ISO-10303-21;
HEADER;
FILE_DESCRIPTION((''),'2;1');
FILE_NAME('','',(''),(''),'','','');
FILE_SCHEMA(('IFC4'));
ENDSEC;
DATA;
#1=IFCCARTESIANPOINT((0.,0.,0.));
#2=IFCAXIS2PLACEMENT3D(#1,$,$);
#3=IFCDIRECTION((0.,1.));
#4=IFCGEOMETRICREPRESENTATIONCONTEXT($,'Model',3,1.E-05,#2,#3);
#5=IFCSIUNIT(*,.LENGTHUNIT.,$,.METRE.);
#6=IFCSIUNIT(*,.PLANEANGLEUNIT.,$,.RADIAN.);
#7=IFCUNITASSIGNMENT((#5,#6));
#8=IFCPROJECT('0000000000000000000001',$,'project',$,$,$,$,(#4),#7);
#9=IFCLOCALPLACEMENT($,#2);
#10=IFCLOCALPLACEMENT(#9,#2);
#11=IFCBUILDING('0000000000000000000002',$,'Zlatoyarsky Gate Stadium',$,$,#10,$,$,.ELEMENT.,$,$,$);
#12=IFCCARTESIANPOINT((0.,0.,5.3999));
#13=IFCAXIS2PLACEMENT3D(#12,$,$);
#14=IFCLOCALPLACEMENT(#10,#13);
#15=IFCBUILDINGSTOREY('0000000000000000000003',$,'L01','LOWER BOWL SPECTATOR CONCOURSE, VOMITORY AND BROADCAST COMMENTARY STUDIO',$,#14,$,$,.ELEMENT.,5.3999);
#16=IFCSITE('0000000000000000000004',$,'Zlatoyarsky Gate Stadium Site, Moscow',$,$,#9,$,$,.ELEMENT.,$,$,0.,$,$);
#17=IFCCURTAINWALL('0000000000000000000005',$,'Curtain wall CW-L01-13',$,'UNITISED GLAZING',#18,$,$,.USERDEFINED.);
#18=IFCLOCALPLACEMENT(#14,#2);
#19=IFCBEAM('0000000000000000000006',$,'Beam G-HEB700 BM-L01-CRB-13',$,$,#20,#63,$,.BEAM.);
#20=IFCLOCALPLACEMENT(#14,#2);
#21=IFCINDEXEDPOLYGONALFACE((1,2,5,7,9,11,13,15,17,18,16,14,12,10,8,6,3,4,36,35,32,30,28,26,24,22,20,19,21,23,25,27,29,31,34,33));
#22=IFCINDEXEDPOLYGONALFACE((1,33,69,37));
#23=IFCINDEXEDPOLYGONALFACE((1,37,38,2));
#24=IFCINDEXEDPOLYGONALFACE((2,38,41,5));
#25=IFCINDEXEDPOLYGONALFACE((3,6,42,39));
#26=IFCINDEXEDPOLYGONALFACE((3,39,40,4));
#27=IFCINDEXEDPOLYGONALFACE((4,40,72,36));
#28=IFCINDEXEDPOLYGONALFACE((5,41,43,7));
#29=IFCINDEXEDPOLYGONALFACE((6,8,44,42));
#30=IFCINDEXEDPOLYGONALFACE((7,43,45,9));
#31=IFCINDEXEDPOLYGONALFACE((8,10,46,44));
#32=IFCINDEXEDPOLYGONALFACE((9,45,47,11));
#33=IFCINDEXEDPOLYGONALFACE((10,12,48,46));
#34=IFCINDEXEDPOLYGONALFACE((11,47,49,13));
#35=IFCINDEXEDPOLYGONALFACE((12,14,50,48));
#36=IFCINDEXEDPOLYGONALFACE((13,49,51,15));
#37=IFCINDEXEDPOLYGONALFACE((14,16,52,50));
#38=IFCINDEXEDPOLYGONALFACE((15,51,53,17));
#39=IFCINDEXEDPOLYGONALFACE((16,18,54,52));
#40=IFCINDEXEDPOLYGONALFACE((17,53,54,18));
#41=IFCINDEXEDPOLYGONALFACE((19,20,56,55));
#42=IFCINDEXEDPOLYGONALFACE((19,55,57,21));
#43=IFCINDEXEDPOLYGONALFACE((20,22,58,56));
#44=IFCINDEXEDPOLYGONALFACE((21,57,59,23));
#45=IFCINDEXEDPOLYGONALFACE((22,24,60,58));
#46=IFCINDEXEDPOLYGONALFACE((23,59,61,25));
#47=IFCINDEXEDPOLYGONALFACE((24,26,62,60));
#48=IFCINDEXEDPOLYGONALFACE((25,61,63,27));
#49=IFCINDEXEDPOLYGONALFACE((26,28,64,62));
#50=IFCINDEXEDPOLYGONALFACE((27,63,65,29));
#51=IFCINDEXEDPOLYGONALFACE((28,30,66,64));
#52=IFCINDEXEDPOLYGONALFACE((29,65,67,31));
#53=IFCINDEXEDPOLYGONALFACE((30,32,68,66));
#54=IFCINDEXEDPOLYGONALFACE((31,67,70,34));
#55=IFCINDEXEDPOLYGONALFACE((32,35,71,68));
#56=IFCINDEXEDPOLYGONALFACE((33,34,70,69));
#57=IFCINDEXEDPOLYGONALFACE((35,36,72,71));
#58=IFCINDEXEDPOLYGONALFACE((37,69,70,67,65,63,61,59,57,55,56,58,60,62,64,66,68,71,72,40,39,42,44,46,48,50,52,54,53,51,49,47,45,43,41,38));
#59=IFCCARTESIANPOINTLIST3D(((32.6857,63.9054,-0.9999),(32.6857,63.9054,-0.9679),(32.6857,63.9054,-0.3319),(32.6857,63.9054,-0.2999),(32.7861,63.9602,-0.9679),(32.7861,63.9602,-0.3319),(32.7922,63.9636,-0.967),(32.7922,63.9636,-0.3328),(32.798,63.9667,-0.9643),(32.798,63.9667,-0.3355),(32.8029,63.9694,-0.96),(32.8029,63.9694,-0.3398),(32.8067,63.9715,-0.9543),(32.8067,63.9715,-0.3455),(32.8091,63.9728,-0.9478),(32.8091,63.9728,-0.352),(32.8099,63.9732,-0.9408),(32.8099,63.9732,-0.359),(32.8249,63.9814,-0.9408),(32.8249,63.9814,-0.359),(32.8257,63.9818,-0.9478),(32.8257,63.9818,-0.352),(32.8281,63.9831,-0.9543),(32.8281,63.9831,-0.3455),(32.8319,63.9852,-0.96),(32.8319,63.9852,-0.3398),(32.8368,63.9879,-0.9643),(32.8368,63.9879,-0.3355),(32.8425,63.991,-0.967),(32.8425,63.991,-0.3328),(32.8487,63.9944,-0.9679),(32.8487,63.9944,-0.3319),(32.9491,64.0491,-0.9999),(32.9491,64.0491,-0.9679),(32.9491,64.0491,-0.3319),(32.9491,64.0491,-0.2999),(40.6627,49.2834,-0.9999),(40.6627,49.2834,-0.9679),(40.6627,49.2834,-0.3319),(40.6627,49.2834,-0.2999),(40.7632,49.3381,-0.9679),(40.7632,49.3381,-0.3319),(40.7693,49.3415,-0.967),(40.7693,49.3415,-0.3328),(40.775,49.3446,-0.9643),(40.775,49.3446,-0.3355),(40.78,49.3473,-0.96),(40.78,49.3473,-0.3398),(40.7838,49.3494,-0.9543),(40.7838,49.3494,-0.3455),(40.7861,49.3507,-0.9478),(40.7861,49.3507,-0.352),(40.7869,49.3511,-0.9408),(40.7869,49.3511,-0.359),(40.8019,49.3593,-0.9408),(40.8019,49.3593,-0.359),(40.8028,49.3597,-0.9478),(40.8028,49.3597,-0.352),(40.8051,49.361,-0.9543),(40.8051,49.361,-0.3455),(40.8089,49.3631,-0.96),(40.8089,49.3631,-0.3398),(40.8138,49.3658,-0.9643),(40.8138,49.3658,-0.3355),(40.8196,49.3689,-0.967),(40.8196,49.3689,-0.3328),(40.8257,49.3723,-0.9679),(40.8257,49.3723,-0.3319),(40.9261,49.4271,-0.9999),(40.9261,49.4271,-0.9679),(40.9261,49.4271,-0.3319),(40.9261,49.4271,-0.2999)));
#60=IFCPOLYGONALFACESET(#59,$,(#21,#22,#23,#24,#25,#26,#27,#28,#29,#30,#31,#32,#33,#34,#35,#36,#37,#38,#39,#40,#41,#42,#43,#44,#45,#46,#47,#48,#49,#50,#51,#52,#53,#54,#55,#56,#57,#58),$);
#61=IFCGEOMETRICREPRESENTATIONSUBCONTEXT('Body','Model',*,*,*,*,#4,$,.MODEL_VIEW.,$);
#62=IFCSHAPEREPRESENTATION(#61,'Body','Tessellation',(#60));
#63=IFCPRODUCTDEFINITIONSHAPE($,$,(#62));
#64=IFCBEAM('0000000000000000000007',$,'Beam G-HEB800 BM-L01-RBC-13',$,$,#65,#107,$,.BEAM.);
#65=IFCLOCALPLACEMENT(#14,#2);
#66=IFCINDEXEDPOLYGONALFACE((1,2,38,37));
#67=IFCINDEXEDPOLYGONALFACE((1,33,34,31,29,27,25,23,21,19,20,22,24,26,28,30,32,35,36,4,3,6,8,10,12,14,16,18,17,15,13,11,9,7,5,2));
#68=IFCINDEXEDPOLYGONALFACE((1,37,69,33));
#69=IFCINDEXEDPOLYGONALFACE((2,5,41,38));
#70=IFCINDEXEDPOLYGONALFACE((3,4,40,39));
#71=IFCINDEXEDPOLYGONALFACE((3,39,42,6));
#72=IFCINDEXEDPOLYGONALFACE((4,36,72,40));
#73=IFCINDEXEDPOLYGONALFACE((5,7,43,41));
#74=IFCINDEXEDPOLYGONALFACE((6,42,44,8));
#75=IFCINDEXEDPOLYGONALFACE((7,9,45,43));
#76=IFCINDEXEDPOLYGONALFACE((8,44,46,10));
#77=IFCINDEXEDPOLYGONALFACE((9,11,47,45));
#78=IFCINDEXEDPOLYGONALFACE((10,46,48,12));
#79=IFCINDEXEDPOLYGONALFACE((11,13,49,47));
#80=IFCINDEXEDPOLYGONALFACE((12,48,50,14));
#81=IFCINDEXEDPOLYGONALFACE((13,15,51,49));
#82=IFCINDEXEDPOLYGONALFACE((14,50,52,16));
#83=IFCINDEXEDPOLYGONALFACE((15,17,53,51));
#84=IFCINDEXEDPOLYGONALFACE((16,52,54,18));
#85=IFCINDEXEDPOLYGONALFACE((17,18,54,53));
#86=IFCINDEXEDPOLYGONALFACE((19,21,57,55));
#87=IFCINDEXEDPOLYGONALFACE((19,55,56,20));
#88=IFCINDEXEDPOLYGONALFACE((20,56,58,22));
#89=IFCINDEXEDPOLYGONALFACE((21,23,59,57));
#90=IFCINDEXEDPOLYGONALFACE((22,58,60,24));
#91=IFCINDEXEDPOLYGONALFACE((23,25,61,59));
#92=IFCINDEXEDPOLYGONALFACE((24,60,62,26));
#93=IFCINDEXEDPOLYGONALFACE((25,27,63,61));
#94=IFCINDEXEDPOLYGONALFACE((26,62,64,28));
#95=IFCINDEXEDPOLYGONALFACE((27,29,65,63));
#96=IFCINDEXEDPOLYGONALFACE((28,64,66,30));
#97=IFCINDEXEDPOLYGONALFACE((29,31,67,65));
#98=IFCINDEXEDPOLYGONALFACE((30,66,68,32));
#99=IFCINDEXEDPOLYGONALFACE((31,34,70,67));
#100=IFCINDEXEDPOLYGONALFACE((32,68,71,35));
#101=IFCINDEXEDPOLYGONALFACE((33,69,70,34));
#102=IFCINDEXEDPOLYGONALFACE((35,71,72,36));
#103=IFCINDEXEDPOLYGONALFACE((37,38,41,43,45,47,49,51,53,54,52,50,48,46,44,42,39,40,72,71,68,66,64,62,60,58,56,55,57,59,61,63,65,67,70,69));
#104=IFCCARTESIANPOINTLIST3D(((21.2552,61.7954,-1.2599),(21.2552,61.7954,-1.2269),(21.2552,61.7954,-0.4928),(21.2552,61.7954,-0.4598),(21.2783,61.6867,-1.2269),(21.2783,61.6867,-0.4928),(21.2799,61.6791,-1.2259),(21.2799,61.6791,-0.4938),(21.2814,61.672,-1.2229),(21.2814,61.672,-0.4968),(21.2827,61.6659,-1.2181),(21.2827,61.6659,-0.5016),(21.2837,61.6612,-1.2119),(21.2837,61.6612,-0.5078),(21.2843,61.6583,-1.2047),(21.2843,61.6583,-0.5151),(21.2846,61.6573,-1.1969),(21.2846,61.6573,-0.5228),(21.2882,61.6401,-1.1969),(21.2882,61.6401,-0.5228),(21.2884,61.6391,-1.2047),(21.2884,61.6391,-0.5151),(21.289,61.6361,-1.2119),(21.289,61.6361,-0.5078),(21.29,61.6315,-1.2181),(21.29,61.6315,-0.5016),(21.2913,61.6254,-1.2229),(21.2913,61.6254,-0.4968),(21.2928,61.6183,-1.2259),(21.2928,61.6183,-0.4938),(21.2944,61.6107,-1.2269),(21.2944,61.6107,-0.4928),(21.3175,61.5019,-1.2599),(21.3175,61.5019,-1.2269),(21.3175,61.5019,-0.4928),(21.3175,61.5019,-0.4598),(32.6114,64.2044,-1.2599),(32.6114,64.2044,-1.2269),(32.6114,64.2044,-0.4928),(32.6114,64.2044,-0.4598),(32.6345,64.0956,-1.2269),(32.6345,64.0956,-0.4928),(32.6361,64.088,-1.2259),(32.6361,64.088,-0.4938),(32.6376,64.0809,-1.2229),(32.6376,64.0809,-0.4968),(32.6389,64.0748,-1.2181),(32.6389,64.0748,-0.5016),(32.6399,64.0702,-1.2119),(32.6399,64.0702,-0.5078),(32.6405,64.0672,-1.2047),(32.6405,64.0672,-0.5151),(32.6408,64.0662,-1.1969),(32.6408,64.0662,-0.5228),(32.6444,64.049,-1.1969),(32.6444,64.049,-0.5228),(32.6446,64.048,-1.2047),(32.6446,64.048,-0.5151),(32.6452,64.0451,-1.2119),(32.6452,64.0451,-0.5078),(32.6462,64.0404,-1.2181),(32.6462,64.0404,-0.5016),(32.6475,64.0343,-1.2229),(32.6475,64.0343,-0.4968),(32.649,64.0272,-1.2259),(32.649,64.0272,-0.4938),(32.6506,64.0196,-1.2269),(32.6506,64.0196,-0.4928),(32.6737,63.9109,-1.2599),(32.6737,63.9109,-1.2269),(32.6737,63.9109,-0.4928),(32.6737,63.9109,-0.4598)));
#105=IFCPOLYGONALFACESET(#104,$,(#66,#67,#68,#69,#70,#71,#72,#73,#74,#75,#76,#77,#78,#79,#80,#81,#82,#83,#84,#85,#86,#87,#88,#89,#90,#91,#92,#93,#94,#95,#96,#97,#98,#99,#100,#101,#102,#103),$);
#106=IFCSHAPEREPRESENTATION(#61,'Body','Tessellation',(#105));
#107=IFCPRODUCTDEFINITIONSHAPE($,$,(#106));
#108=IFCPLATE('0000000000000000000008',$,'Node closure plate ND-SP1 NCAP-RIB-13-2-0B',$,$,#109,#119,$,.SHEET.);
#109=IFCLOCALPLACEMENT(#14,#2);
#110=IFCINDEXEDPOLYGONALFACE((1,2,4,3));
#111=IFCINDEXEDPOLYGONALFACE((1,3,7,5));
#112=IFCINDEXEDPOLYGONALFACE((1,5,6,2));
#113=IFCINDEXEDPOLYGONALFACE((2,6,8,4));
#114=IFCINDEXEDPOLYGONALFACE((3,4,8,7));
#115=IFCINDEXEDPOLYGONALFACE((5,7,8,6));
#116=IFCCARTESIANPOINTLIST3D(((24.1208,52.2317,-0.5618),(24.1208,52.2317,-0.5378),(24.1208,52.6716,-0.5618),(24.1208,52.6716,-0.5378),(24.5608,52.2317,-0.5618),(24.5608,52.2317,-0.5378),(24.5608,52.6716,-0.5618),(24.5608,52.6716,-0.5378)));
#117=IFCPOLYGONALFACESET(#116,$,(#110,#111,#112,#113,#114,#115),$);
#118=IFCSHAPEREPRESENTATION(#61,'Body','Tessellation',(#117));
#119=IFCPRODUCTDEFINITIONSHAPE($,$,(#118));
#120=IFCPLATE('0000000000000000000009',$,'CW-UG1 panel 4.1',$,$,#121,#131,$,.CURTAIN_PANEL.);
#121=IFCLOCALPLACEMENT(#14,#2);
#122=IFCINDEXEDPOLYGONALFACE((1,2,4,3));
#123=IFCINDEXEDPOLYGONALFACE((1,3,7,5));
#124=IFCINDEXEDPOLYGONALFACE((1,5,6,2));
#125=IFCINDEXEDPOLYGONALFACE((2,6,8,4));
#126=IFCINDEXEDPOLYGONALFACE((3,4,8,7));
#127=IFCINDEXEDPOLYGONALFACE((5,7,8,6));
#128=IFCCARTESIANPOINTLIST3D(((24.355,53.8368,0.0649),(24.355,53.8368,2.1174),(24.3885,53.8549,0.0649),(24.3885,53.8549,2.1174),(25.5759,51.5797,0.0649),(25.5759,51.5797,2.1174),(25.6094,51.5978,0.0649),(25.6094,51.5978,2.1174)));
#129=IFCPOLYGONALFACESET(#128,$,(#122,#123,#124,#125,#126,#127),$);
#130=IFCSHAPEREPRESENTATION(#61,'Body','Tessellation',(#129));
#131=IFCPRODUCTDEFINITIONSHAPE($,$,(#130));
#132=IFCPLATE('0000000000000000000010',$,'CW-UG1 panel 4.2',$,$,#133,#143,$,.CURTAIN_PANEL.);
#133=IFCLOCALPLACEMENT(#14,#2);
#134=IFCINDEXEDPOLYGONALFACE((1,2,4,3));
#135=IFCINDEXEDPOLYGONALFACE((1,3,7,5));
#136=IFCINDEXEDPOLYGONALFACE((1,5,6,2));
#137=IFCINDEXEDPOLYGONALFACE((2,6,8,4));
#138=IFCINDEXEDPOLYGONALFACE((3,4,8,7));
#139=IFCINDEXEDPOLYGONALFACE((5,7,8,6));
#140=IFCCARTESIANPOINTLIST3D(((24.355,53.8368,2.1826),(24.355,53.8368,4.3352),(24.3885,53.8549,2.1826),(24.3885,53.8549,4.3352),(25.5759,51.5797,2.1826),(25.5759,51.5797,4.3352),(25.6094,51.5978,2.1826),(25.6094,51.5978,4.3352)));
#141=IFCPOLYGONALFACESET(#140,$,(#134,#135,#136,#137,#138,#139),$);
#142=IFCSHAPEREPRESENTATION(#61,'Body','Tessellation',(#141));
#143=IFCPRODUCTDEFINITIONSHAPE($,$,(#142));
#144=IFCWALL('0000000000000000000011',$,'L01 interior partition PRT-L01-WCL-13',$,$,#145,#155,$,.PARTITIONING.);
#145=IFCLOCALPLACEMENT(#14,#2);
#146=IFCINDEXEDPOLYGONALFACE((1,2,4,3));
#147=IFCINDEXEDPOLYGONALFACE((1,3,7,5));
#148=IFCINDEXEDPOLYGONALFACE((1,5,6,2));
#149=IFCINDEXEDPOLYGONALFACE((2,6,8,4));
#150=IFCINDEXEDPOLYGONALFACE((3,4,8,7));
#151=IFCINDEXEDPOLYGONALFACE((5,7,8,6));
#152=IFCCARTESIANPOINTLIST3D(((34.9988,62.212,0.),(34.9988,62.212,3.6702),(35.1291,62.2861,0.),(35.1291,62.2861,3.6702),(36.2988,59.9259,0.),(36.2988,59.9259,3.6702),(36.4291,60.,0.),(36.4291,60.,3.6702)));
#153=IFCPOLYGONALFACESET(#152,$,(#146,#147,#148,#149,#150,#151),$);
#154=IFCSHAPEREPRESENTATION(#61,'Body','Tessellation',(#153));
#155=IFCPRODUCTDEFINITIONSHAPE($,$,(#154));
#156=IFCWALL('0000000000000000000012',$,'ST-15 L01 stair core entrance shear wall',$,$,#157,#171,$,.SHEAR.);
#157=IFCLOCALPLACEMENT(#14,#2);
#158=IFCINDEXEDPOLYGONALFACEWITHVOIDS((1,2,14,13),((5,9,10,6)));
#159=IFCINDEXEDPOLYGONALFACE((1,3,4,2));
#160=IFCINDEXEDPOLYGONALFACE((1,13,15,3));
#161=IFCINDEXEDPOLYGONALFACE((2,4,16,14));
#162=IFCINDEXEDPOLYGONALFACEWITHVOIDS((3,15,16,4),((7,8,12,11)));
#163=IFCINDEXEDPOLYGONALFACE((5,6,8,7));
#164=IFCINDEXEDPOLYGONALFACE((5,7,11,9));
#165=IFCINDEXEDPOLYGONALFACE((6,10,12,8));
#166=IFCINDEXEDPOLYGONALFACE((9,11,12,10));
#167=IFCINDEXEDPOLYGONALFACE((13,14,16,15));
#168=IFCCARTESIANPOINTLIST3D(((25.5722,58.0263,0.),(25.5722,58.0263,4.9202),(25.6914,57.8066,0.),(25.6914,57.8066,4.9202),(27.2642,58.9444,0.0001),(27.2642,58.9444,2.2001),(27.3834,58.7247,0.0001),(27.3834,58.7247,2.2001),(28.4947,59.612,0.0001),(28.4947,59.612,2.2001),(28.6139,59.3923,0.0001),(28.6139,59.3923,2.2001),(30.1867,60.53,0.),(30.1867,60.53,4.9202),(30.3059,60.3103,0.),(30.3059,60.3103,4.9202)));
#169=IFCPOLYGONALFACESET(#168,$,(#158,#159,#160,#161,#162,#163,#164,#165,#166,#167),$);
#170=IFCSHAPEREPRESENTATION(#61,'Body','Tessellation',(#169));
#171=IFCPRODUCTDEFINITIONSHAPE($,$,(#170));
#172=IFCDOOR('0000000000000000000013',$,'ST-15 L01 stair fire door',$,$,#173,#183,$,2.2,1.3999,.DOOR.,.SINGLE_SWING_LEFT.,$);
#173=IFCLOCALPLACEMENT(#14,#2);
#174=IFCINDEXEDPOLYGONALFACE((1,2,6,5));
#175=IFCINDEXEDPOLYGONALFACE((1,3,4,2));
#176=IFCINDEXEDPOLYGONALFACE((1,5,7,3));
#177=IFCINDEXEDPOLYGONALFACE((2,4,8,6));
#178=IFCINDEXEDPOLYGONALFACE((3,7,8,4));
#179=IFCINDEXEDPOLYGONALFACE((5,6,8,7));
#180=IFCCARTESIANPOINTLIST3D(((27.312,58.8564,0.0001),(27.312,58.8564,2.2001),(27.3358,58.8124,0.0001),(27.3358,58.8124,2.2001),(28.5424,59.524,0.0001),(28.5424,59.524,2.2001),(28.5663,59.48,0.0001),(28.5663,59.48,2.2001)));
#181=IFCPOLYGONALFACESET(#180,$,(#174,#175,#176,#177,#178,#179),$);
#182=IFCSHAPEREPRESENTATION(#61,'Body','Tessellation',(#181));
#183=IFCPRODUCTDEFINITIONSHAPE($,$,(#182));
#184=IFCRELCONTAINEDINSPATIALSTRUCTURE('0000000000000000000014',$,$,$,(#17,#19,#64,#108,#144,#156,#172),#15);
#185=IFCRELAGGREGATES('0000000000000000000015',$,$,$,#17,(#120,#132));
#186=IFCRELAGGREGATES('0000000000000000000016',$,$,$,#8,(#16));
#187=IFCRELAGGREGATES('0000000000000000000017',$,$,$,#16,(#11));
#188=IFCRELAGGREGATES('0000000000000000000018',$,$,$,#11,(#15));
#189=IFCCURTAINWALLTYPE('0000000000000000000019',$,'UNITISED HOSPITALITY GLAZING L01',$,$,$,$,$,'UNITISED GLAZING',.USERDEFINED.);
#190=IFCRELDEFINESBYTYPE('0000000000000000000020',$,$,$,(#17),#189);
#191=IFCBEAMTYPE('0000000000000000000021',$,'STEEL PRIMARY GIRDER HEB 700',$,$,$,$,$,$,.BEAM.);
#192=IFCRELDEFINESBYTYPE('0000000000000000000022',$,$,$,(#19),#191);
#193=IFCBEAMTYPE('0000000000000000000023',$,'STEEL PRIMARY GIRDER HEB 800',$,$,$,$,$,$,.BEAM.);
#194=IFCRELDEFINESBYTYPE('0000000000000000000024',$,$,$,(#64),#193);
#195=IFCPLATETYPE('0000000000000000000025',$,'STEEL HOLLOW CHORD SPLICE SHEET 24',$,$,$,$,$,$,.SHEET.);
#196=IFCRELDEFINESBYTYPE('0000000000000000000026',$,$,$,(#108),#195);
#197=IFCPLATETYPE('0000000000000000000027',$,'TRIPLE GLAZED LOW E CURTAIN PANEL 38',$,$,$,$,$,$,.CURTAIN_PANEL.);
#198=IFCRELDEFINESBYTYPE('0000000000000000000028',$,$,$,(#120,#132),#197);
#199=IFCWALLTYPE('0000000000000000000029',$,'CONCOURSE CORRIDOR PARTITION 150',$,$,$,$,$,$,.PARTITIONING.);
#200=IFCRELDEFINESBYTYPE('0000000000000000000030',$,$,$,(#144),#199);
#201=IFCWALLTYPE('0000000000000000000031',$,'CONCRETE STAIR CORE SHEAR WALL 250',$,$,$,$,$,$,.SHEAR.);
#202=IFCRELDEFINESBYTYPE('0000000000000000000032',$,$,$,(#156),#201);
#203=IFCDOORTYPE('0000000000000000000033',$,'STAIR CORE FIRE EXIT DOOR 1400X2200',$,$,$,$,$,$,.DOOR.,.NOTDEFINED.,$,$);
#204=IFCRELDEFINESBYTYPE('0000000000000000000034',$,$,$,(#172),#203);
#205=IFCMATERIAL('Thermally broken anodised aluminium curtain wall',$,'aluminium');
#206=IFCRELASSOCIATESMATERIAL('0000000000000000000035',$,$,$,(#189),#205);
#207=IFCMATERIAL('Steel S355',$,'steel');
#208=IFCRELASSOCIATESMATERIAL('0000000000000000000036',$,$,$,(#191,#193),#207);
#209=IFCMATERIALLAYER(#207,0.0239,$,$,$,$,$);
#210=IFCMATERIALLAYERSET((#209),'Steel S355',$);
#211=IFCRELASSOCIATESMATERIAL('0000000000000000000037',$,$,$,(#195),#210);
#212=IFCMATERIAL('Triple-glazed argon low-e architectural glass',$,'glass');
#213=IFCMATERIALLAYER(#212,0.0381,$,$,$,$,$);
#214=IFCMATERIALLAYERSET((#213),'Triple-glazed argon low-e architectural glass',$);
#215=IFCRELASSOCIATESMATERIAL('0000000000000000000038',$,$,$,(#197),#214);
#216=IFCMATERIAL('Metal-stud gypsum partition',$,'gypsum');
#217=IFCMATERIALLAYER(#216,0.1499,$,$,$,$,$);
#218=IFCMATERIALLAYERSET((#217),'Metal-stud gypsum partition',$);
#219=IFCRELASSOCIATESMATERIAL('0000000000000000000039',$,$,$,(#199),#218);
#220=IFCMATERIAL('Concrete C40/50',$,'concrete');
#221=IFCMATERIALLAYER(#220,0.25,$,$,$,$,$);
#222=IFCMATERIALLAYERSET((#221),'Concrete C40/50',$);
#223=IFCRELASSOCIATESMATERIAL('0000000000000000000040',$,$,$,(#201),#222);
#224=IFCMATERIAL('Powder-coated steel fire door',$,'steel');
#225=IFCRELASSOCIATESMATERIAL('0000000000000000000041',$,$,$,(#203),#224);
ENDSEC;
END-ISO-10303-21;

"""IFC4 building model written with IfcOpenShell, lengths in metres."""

from ifc_helpers import new_model, si_unit, direction, frame, frame_2d, origin, origin_2d, place, context, subcontext, project, spatial, rectangle, i_section, extrude, material, layer, layer_set, material_profile, profile_set, type_object, element, fill, aggregate, save


model = new_model("IFC4")

# Units and contexts
model_context = context("Model", 3, precision=1e-05, world=origin(), true_north=direction((0.0, 1.0)))
body_context = subcontext(model_context, "Body", "Model", "MODEL_VIEW")
ifc_project = project(units=[si_unit("LENGTHUNIT", "METRE"), si_unit("PLANEANGLEUNIT", "RADIAN")], contexts=[model_context])

# Site, building, storey
site_placement = place(None, origin())
site = spatial("IfcSite", under=ifc_project, at=site_placement, Name="Zlatoyarsky Gate Stadium Site, Moscow", CompositionType="ELEMENT", RefElevation=0.0)
building_placement = place(site_placement, origin())
building = spatial("IfcBuilding", under=site, at=building_placement, Name="Zlatoyarsky Gate Stadium", CompositionType="ELEMENT")
storey_placement = place(building_placement, frame((0.0, 0.0, 5.3999)))
storey = spatial("IfcBuildingStorey", under=building, at=storey_placement, Name="L01", Description="LOWER BOWL SPECTATOR CONCOURSE, VOMITORY AND BROADCAST COMMENTARY STUDIO", CompositionType="ELEMENT", Elevation=5.3999)

# Shared definitions
ifc_material_1 = material(Name="Concrete C40/50", Category="concrete")

# Curtain wall
ifc_material_2 = material(Name="Thermally broken anodised aluminium curtain wall", Category="aluminium")
curtain_wall_type = type_object("IfcCurtainWallType", Name="UNITISED HOSPITALITY GLAZING L01", ElementType="UNITISED GLAZING", PredefinedType="USERDEFINED", material=ifc_material_2)
curtain_wall_placement = place(storey_placement, origin())
curtain_wall = element("IfcCurtainWall", 1, at=curtain_wall_placement, inside=storey, type_object=curtain_wall_type, Name="Curtain wall CW-L01-13", ObjectType="UNITISED GLAZING", PredefinedType="USERDEFINED")

# Shared definitions
ifc_material_3 = material(Name="Steel S355", Category="steel")

# Beams
ifc_material_profile_1 = material_profile(ifc_material_3, i_section(OverallWidth=0.3, OverallDepth=0.7, WebThickness=0.0171, FlangeThickness=0.032, FilletRadius=0.0271, at=origin_2d()), Name="HEB 700")
ifc_profile_set_1 = profile_set([ifc_material_profile_1], Name="Steel S355")
beam_type_1 = type_object("IfcBeamType", Name="STEEL PRIMARY GIRDER HEB 700", PredefinedType="BEAM", material=ifc_profile_set_1)
beam_1_placement = place(storey_placement, frame((32.8174, 63.9773, -0.6499), z_axis=(0.478916, -0.877861, 0.0), x_axis=(0.877861, 0.478916, 0.0)))
element("IfcBeam", 2, at=beam_1_placement, inside=storey, type_object=beam_type_1, Name="Beam G-HEB700 BM-L01-CRB-13", PredefinedType="BEAM", context=body_context, shape_type="SweptSolid", body=[
    extrude(i_section(OverallWidth=0.3, OverallDepth=0.7, WebThickness=0.0171, FlangeThickness=0.032, FilletRadius=0.0271, at=origin_2d()), origin(), (0.0, 0.0, 1.0), 16.6565),
])
ifc_material_profile_2 = material_profile(ifc_material_3, i_section(OverallWidth=0.3, OverallDepth=0.8, WebThickness=0.0176, FlangeThickness=0.033, FilletRadius=0.03, at=origin_2d()), Name="HEB 800")
ifc_profile_set_2 = profile_set([ifc_material_profile_2], Name="Steel S355")
beam_type_2 = type_object("IfcBeamType", Name="STEEL PRIMARY GIRDER HEB 800", PredefinedType="BEAM", material=ifc_profile_set_2)
beam_2_placement = place(storey_placement, frame((32.6426, 64.0576, -0.8599), z_axis=(-0.978233, -0.207508, 0.0), x_axis=(0.207508, -0.978233, 0.0)))
element("IfcBeam", 3, at=beam_2_placement, inside=storey, type_object=beam_type_2, Name="Beam G-HEB800 BM-L01-RBC-13", PredefinedType="BEAM", context=body_context, shape_type="SweptSolid", body=[
    extrude(i_section(OverallWidth=0.3, OverallDepth=0.8, WebThickness=0.0176, FlangeThickness=0.033, FilletRadius=0.03, at=origin_2d()), origin(), (0.0, 0.0, 1.0), 11.6089),
])

# Plates
ifc_layer_1 = layer(ifc_material_3, 0.0239)
ifc_layer_set_1 = layer_set([ifc_layer_1], Name="Steel S355")
plate_type_1 = type_object("IfcPlateType", Name="STEEL HOLLOW CHORD SPLICE SHEET 24", PredefinedType="SHEET", material=ifc_layer_set_1)
plate_1_placement = place(storey_placement, frame((24.3408, 52.4517, -0.5618), z_axis=(0.0, 0.0, 1.0), x_axis=(1.0, 0.0, 0.0)))
element("IfcPlate", 4, at=plate_1_placement, inside=storey, type_object=plate_type_1, Name="Node closure plate ND-SP1 NCAP-RIB-13-2-0B", PredefinedType="SHEET", context=body_context, shape_type="SweptSolid", body=[
    extrude(rectangle(XDim=0.4399, YDim=0.4399, at=origin_2d()), origin(), (0.0, 0.0, 1.0), 0.0239),
])
ifc_material_4 = material(Name="Triple-glazed argon low-e architectural glass", Category="glass")
ifc_layer_2 = layer(ifc_material_4, 0.0381)
ifc_layer_set_2 = layer_set([ifc_layer_2], Name="Triple-glazed argon low-e architectural glass")
plate_type_2 = type_object("IfcPlateType", Name="TRIPLE GLAZED LOW E CURTAIN PANEL 38", PredefinedType="CURTAIN_PANEL", material=ifc_layer_set_2)
plate_2_placement = place(storey_placement, frame((24.9822, 52.7173, 0.0649), z_axis=(0.0, 0.0, 1.0), x_axis=(0.475786, -0.879561, 0.0)))
plate_2 = element("IfcPlate", 5, at=plate_2_placement, type_object=plate_type_2, Name="CW-UG1 panel 4.1", PredefinedType="CURTAIN_PANEL", context=body_context, shape_type="SweptSolid", body=[
    extrude(rectangle(XDim=2.5662, YDim=0.0381, at=origin_2d()), origin(), (0.0, 0.0, 1.0), 2.0525),
])
plate_3_placement = place(storey_placement, frame((24.9822, 52.7173, 2.1826), z_axis=(0.0, 0.0, 1.0), x_axis=(0.475786, -0.879561, 0.0)))
plate_3 = element("IfcPlate", 6, at=plate_3_placement, type_object=plate_type_2, Name="CW-UG1 panel 4.2", PredefinedType="CURTAIN_PANEL", context=body_context, shape_type="SweptSolid", body=[
    extrude(rectangle(XDim=2.5662, YDim=0.0381, at=origin_2d()), origin(), (0.0, 0.0, 1.0), 2.1526),
])
aggregate(curtain_wall, [plate_2, plate_3])

# Wall
ifc_material_5 = material(Name="Metal-stud gypsum partition", Category="gypsum")
ifc_layer_3 = layer(ifc_material_5, 0.1499)
ifc_layer_set_3 = layer_set([ifc_layer_3], Name="Metal-stud gypsum partition")
wall_type_1 = type_object("IfcWallType", Name="CONCOURSE CORRIDOR PARTITION 150", PredefinedType="PARTITIONING", material=ifc_layer_set_3)
wall_1_placement = place(storey_placement, frame((35.064, 62.249, 0.0), z_axis=(0.0, 0.0, 1.0), x_axis=(0.494328, -0.869275, 0.0)))
element("IfcWall", 7, at=wall_1_placement, inside=storey, type_object=wall_type_1, Name="L01 interior partition PRT-L01-WCL-13", PredefinedType="PARTITIONING", context=body_context, shape_type="SweptSolid", body=[
    extrude(rectangle(XDim=2.6299, YDim=0.1499, at=frame_2d((1.3149, 0.0))), origin(), (0.0, 0.0, 1.0), 3.6702),
])

# Wall, opening, door
ifc_layer_4 = layer(ifc_material_1, 0.25)
ifc_layer_set_4 = layer_set([ifc_layer_4], Name="Concrete C40/50")
wall_type_2 = type_object("IfcWallType", Name="CONCRETE STAIR CORE SHEAR WALL 250", PredefinedType="SHEAR", material=ifc_layer_set_4)
wall_2_placement = place(storey_placement, frame((30.2463, 60.4202, 0.0), z_axis=(0.0, 0.0, 1.0), x_axis=(-0.878961, -0.476893, 0.0)))
wall_2 = element("IfcWall", 8, at=wall_2_placement, inside=storey, type_object=wall_type_2, Name="ST-15 L01 stair core entrance shear wall", PredefinedType="SHEAR", context=body_context, shape_type="SweptSolid", body=[
    extrude(rectangle(XDim=5.25, YDim=0.25, at=frame_2d((2.625, 0.0))), origin(), (0.0, 0.0, 1.0), 4.9202),
])
opening_1_placement = place(wall_2_placement, frame((1.925, 0.0, 0.0)))
opening_1 = element("IfcOpeningElement", 9, at=opening_1_placement, cuts=wall_2, PredefinedType="OPENING", context=body_context, shape_type="SweptSolid", body=[
    extrude(rectangle(XDim=1.3999, YDim=2.2, at=frame_2d((0.7, 1.1001))), frame((0.0, 0.135, 0.0), z_axis=(0.0, -1.0, 0.0), x_axis=(1.0, 0.0, 0.0)), (0.0, 0.0, 1.0), 0.27),
])
ifc_material_6 = material(Name="Powder-coated steel fire door", Category="steel")
door_type_1 = type_object("IfcDoorType", Name="STAIR CORE FIRE EXIT DOOR 1400X2200", OperationType="NOTDEFINED", PredefinedType="DOOR", material=ifc_material_6)
door_1_placement = place(opening_1_placement, frame((1.3999, 0.0, 0.0), z_axis=(0.0, 0.0, 1.0), x_axis=(-1.0, 0.0, 0.0)))
door_1 = element("IfcDoor", 10, at=door_1_placement, inside=storey, type_object=door_type_1, Name="ST-15 L01 stair fire door", OperationType="SINGLE_SWING_LEFT", OverallHeight=2.2, OverallWidth=1.3999, PredefinedType="DOOR", context=body_context, shape_type="SweptSolid", body=[
    extrude(rectangle(XDim=1.3999, YDim=2.2, at=frame_2d((0.7, 1.1001))), frame((0.0, 0.0249, 0.0), z_axis=(0.0, -1.0, 0.0), x_axis=(1.0, 0.0, 0.0)), (0.0, 0.0, 1.0), 0.05),
])
fill(opening_1, door_1)

save(model, "model.ifc")
